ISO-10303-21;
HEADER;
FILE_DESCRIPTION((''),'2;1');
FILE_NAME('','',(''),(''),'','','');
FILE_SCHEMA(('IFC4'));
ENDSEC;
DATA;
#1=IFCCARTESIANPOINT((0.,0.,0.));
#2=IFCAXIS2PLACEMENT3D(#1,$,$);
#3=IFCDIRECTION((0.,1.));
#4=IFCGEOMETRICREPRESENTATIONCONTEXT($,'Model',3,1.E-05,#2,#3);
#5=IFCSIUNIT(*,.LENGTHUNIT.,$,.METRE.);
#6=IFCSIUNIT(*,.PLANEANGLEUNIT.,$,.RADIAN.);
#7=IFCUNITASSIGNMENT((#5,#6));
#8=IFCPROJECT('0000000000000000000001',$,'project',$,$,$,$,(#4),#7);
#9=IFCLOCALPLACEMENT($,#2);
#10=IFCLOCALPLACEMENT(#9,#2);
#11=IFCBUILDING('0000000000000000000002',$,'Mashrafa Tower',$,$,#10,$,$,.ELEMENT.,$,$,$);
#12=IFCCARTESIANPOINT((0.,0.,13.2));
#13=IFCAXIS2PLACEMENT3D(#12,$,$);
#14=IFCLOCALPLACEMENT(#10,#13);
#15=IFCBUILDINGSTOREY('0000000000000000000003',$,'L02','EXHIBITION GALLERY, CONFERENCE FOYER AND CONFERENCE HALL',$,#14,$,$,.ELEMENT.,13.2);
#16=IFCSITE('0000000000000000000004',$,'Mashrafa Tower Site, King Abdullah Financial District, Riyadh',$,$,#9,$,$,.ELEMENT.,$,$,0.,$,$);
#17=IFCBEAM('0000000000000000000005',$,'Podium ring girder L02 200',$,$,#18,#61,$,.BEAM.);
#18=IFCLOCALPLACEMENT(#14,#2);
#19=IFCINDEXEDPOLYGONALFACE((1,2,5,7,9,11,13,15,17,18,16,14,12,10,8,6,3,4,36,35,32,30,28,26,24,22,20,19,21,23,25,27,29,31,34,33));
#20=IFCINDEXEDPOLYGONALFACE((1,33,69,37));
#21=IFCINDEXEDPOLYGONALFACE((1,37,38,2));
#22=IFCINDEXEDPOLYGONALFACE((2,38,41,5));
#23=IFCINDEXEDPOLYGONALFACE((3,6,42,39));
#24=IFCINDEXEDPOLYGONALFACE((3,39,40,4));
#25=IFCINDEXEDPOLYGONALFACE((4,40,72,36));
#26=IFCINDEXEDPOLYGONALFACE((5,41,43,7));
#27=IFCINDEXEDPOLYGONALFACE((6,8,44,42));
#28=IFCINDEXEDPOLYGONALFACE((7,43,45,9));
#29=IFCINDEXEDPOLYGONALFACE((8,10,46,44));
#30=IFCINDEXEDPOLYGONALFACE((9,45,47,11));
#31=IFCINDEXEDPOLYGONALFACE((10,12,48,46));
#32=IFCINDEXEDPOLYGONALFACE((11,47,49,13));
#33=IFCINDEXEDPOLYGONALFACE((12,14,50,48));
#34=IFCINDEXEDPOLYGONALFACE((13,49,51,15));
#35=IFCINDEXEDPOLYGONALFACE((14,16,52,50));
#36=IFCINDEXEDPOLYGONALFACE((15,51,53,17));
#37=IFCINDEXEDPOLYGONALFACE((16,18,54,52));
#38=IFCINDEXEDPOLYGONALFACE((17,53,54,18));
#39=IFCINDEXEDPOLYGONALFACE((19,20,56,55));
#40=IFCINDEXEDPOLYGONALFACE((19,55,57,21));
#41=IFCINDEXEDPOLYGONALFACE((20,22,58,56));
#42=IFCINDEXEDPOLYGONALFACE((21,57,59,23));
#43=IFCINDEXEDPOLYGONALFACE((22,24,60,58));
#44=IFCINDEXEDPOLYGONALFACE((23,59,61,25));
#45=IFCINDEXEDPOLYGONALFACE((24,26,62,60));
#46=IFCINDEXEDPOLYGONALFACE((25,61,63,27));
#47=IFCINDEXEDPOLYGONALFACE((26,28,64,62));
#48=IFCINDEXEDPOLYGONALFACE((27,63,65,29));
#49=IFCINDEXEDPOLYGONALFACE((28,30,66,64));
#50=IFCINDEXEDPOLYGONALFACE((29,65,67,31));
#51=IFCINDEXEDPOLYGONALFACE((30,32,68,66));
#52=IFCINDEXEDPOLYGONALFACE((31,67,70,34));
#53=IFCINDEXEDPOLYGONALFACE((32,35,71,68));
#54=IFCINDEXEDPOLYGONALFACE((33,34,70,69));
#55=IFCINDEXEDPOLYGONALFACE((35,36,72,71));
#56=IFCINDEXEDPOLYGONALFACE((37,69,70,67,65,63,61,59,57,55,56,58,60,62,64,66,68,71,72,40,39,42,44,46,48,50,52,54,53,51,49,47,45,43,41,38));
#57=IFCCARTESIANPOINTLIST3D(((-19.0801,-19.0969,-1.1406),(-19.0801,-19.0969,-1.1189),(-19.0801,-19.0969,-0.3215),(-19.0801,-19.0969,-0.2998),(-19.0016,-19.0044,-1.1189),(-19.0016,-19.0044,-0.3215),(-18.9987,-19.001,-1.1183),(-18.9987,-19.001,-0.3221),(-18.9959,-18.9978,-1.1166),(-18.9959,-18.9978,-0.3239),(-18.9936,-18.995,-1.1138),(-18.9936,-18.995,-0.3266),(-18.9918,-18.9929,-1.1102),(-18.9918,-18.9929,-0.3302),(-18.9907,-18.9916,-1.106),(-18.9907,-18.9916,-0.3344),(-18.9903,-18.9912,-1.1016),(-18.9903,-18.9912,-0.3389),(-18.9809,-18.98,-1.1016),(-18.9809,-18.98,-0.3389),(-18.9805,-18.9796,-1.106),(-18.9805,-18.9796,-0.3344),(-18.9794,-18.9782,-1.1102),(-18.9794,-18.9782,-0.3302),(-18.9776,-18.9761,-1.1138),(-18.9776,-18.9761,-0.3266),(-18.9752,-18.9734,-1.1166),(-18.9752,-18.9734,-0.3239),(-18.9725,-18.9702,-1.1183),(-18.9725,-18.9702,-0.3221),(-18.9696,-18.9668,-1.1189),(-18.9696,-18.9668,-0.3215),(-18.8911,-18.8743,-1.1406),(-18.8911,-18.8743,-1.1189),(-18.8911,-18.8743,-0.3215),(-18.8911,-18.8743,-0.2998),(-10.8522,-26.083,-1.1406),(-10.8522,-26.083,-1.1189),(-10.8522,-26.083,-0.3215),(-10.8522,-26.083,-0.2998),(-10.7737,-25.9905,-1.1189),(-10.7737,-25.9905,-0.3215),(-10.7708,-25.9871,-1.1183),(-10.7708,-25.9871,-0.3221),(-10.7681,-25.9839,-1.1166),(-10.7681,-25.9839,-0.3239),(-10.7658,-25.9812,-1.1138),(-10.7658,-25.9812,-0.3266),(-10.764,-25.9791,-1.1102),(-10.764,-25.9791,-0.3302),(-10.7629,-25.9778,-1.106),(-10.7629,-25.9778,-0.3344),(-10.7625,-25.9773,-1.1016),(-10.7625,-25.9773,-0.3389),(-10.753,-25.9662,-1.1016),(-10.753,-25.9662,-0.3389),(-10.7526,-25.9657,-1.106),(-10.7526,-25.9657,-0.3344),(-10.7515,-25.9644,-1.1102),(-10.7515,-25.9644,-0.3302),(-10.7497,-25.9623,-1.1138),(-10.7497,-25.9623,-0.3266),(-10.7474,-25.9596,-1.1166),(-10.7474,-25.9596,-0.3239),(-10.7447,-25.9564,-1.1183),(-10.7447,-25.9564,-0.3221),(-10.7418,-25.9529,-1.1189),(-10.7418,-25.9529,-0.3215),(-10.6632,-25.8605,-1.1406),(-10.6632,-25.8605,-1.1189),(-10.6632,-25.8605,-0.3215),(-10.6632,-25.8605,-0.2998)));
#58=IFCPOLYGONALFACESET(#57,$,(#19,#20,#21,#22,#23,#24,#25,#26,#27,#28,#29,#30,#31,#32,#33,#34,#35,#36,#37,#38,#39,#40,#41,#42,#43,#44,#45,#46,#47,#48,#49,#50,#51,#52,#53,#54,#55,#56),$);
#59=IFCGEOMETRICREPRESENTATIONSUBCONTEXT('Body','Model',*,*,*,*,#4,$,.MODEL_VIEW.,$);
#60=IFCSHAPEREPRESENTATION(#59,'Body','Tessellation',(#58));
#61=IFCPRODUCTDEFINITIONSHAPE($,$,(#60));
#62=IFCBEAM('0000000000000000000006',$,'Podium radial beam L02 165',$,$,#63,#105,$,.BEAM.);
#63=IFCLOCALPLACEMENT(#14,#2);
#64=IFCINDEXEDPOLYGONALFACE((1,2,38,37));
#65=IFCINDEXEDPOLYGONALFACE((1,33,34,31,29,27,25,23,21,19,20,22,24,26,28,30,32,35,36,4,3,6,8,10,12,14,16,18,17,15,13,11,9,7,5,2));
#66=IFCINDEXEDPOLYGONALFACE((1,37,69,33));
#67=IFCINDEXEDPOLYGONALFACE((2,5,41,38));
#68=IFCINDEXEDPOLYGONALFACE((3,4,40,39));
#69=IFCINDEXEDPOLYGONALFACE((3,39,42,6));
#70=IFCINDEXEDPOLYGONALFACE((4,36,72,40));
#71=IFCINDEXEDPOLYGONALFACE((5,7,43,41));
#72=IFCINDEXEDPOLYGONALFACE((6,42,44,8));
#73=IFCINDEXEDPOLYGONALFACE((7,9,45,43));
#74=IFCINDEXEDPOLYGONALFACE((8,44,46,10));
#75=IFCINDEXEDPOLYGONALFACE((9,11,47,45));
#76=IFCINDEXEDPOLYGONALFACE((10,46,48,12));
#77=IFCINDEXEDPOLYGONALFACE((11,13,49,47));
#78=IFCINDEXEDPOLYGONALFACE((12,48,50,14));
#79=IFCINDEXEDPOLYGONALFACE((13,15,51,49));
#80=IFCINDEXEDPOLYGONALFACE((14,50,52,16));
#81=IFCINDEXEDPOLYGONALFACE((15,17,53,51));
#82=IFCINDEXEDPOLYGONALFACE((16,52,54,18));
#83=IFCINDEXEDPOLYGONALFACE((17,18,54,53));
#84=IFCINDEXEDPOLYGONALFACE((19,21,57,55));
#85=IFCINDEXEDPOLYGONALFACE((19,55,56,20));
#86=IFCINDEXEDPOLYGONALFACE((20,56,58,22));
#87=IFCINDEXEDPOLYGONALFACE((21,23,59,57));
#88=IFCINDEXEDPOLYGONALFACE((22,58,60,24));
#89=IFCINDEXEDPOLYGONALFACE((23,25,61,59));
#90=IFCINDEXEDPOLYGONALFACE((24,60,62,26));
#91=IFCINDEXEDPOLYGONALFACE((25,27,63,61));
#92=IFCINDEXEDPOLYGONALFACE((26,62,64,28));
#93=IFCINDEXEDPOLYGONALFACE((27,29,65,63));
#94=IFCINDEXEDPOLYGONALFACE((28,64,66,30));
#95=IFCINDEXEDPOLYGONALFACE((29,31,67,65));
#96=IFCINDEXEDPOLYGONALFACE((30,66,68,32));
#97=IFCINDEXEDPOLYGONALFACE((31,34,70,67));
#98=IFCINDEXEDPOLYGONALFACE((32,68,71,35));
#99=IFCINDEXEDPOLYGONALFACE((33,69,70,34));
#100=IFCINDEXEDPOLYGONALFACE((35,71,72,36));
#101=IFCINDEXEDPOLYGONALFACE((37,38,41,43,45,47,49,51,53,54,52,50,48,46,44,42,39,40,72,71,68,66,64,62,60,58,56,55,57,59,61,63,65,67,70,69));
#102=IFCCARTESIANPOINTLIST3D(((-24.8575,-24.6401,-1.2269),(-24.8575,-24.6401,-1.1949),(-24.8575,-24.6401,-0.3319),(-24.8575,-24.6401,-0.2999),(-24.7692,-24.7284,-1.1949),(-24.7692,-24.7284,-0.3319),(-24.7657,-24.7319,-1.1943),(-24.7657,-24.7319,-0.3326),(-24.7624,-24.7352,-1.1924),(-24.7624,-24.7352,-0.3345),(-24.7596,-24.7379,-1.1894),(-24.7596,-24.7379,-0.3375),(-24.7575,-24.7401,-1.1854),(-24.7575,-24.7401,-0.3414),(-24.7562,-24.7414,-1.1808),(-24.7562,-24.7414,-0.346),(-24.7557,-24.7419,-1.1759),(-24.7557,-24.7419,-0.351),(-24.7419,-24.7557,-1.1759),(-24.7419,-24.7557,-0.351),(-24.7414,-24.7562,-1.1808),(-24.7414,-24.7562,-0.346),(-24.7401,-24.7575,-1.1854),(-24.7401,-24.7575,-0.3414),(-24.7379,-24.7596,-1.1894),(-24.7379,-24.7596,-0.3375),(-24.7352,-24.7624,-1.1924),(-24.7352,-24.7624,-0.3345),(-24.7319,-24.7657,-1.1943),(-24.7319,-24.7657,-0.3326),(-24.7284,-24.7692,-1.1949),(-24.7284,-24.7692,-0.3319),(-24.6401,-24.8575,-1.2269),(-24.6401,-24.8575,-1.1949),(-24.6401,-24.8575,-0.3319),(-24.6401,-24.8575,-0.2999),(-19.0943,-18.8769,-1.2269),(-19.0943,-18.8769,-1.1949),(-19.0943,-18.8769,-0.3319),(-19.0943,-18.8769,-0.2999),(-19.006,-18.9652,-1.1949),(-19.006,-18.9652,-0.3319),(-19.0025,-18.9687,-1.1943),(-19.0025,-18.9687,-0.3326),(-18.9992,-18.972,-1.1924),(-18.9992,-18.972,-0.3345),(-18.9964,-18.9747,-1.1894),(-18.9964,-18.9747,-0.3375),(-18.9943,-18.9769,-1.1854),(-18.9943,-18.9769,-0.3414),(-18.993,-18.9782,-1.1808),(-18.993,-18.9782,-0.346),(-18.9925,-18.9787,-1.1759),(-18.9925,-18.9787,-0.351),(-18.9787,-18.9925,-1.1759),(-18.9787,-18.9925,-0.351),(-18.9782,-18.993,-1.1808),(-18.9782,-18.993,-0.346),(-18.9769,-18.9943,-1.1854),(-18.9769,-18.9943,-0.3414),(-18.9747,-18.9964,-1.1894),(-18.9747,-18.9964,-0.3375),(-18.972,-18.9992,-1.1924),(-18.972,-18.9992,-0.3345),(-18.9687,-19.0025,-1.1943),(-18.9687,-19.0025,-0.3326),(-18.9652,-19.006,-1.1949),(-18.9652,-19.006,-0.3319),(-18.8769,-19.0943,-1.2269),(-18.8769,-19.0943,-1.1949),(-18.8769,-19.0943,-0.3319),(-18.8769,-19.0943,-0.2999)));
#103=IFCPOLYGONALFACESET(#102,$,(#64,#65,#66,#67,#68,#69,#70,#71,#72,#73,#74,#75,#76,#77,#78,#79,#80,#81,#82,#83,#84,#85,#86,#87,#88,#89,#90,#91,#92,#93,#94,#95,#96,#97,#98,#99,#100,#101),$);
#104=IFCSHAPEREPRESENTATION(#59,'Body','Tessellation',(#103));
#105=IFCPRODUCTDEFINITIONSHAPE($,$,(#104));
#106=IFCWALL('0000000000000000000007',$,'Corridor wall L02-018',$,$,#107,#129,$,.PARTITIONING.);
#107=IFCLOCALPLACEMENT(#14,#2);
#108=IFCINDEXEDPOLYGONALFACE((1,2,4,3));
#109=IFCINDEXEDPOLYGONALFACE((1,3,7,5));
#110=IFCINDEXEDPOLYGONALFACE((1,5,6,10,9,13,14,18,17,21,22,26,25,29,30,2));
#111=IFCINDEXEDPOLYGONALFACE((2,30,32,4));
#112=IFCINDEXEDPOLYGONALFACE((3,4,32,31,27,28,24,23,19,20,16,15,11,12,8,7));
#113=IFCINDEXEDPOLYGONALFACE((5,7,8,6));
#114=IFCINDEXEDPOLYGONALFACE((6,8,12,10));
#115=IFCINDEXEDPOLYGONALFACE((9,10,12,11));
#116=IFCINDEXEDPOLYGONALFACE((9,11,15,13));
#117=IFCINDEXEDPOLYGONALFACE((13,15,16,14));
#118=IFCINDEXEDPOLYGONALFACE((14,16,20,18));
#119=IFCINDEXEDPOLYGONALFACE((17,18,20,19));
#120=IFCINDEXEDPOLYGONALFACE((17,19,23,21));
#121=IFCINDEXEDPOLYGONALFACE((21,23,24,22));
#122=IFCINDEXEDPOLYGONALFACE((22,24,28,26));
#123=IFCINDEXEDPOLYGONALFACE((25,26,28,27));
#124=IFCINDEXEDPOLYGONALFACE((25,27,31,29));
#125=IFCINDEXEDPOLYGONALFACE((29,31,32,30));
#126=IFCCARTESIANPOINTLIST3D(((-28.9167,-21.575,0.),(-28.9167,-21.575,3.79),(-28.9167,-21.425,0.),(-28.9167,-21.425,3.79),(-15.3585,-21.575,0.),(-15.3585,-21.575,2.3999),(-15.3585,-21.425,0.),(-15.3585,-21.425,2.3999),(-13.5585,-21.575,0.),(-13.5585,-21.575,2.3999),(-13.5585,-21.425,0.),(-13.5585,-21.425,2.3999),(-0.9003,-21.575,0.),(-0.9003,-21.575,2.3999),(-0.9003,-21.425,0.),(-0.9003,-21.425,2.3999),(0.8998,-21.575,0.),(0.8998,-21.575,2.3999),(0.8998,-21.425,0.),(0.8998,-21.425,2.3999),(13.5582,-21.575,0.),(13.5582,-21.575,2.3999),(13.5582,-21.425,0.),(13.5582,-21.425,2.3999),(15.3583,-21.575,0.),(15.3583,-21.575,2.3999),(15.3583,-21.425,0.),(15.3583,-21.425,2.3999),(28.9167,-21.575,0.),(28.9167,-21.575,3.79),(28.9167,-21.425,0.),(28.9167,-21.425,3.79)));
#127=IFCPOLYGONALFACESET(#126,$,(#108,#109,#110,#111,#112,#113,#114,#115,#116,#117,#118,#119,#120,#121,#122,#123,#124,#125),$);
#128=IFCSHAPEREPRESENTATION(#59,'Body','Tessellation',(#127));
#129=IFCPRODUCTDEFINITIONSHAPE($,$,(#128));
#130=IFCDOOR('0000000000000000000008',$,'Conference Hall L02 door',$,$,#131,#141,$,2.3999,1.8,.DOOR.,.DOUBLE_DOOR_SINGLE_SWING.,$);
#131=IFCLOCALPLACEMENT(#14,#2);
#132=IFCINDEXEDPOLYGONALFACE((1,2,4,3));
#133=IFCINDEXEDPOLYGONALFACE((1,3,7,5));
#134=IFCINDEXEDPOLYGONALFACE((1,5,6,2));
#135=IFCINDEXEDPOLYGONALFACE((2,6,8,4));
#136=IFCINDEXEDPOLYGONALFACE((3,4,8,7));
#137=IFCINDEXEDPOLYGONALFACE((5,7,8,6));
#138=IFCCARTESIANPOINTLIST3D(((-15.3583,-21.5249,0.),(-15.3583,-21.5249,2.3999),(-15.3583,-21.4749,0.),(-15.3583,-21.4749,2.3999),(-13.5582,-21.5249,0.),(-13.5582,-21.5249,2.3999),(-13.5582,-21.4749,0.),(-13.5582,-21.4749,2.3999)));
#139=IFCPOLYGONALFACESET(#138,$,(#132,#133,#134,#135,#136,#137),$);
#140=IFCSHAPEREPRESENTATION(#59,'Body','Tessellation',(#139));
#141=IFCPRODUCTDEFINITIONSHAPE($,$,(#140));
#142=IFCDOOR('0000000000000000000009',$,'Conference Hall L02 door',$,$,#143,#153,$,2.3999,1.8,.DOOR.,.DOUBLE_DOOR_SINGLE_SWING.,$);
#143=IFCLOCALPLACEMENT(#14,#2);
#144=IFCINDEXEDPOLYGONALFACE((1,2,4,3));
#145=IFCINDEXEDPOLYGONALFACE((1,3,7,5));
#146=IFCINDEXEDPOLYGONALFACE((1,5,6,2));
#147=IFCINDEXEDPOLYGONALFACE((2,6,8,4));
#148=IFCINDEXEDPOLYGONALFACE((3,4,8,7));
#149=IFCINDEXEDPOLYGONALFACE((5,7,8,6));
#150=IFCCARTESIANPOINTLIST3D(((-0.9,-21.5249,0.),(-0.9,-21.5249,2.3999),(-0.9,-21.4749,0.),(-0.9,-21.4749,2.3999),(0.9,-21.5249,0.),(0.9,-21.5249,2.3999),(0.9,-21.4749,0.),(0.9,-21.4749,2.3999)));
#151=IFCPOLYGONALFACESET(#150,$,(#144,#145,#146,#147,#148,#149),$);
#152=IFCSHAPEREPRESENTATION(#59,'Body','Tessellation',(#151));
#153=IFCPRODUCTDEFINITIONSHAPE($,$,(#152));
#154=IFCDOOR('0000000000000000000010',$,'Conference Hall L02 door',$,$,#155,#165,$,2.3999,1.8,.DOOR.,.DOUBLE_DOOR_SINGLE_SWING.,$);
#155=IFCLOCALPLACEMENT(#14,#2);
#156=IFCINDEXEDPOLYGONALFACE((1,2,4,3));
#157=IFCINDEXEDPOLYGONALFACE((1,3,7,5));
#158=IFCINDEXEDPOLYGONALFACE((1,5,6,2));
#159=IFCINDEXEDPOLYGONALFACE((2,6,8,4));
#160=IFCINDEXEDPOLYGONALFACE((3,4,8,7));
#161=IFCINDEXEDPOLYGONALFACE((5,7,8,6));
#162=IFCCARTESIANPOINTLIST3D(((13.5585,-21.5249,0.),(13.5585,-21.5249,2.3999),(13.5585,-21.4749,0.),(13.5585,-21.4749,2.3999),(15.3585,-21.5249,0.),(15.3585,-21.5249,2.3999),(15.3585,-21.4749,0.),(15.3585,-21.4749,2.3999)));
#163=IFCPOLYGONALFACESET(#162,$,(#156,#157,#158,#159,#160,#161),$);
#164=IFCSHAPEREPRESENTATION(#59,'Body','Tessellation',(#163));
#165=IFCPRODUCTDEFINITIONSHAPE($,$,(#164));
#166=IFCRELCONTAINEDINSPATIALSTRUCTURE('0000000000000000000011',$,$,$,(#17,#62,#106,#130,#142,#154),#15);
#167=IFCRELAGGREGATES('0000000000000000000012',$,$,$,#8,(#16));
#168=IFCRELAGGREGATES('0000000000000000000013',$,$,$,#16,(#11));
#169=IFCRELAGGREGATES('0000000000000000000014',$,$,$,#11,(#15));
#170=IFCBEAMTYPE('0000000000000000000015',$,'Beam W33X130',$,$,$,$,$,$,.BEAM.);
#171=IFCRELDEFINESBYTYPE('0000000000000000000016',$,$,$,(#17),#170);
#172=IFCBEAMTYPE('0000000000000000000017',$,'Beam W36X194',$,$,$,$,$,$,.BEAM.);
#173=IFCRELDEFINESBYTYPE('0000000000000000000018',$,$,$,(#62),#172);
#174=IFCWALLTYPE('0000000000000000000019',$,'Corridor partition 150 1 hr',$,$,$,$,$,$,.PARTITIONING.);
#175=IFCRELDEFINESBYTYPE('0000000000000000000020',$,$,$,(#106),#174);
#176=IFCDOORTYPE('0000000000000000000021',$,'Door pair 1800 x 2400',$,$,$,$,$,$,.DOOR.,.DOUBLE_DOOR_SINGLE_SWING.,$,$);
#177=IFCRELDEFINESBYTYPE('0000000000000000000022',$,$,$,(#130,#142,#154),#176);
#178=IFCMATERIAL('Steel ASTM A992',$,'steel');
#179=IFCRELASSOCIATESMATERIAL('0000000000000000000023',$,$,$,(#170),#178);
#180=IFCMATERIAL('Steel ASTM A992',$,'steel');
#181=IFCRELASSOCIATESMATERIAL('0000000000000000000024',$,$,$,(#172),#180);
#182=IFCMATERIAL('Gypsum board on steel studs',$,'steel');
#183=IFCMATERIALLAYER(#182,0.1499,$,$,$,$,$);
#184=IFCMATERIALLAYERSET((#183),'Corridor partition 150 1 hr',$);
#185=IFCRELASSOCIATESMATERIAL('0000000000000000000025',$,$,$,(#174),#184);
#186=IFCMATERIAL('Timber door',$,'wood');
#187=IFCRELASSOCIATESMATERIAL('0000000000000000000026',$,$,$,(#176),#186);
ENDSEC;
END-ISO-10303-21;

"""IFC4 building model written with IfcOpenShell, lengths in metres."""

from ifc_helpers import new_model, si_unit, direction, frame, frame_2d, origin, origin_2d, place, context, subcontext, project, spatial, rectangle, i_section, extrude, material, layer, layer_set, material_profile, profile_set, type_object, element, fill, save


model = new_model("IFC4")

# Units and contexts
model_context = context("Model", 3, precision=1e-05, world=origin(), true_north=direction((0.0, 1.0)))
body_context = subcontext(model_context, "Body", "Model", "MODEL_VIEW")
ifc_project = project(units=[si_unit("LENGTHUNIT", "METRE"), si_unit("PLANEANGLEUNIT", "RADIAN")], contexts=[model_context])

# Site, building, storey
site_placement = place(None, origin())
site = spatial("IfcSite", under=ifc_project, at=site_placement, Name="Mashrafa Tower Site, King Abdullah Financial District, Riyadh", CompositionType="ELEMENT", RefElevation=0.0)
building_placement = place(site_placement, origin())
building = spatial("IfcBuilding", under=site, at=building_placement, Name="Mashrafa Tower", CompositionType="ELEMENT")
storey_placement = place(building_placement, frame((0.0, 0.0, 13.2)))
storey = spatial("IfcBuildingStorey", under=building, at=storey_placement, Name="L02", Description="EXHIBITION GALLERY, CONFERENCE FOYER AND CONFERENCE HALL", CompositionType="ELEMENT", Elevation=13.2)

# Beams
ifc_material_1 = material(Name="Steel ASTM A992", Category="steel")
ifc_material_profile_1 = material_profile(ifc_material_1, i_section(OverallWidth=0.292, OverallDepth=0.8408, WebThickness=0.0146, FlangeThickness=0.0217, FilletRadius=0.0173, at=origin_2d()), Name="W33X130")
ifc_profile_set_1 = profile_set([ifc_material_profile_1], Name="Steel ASTM A992")
beam_type_1 = type_object("IfcBeamType", Name="Beam W33X130", PredefinedType="BEAM", material=ifc_profile_set_1)
beam_1_placement = place(storey_placement, frame((-18.9856, -18.9856, -0.7202), z_axis=(0.762284, -0.647243, 0.0), x_axis=(0.647243, 0.762284, 0.0)))
element("IfcBeam", 1, at=beam_1_placement, inside=storey, type_object=beam_type_1, Name="Podium ring girder L02 200", PredefinedType="BEAM", context=body_context, shape_type="SweptSolid", body=[
    extrude(i_section(OverallWidth=0.292, OverallDepth=0.8408, WebThickness=0.0146, FlangeThickness=0.0217, FilletRadius=0.0173, at=origin_2d()), origin(), (0.0, 0.0, 1.0), 10.7937),
])
ifc_material_2 = material(Name="Steel ASTM A992", Category="steel")
ifc_material_profile_2 = material_profile(ifc_material_2, i_section(OverallWidth=0.3074, OverallDepth=0.927, WebThickness=0.0195, FlangeThickness=0.032, FilletRadius=0.019, at=origin_2d()), Name="W36X194")
ifc_profile_set_2 = profile_set([ifc_material_profile_2], Name="Steel ASTM A992")
beam_type_2 = type_object("IfcBeamType", Name="Beam W36X194", PredefinedType="BEAM", material=ifc_profile_set_2)
beam_2_placement = place(storey_placement, frame((-18.9856, -18.9856, -0.7634), z_axis=(-0.707107, -0.707107, 0.0), x_axis=(0.707107, -0.707107, 0.0)))
element("IfcBeam", 2, at=beam_2_placement, inside=storey, type_object=beam_type_2, Name="Podium radial beam L02 165", PredefinedType="BEAM", context=body_context, shape_type="SweptSolid", body=[
    extrude(i_section(OverallWidth=0.3074, OverallDepth=0.927, WebThickness=0.0195, FlangeThickness=0.032, FilletRadius=0.019, at=origin_2d()), origin(), (0.0, 0.0, 1.0), 8.1504),
])

# Wall, openings, doors
ifc_material_3 = material(Name="Gypsum board on steel studs", Category="steel")
ifc_layer = layer(ifc_material_3, 0.1499)
ifc_layer_set = layer_set([ifc_layer], Name="Corridor partition 150 1 hr")
wall_type = type_object("IfcWallType", Name="Corridor partition 150 1 hr", PredefinedType="PARTITIONING", material=ifc_layer_set)
wall_placement = place(storey_placement, frame((-28.9167, -21.5, 0.0), z_axis=(0.0, 0.0, 1.0), x_axis=(1.0, 0.0, 0.0)))
wall = element("IfcWall", 3, at=wall_placement, inside=storey, type_object=wall_type, Name="Corridor wall L02-018", PredefinedType="PARTITIONING", context=body_context, shape_type="SweptSolid", body=[
    extrude(rectangle(XDim=57.8335, YDim=0.1499, at=frame_2d((28.9167, 0.0))), origin(), (0.0, 0.0, 1.0), 3.79),
])
opening_1_placement = place(wall_placement, frame((13.5583, 0.0, 0.0)))
opening_1 = element("IfcOpeningElement", 4, at=opening_1_placement, cuts=wall, PredefinedType="OPENING", context=body_context, shape_type="SweptSolid", body=[
    extrude(rectangle(XDim=1.8, YDim=2.3999, at=frame_2d((0.8999, 1.2))), frame((0.0, 0.085, 0.0), z_axis=(0.0, -1.0, 0.0), x_axis=(1.0, 0.0, 0.0)), (0.0, 0.0, 1.0), 0.1699),
])
opening_2_placement = place(wall_placement, frame((28.0166, 0.0, 0.0)))
opening_2 = element("IfcOpeningElement", 5, at=opening_2_placement, cuts=wall, PredefinedType="OPENING", context=body_context, shape_type="SweptSolid", body=[
    extrude(rectangle(XDim=1.8, YDim=2.3999, at=frame_2d((0.8999, 1.2))), frame((0.0, 0.085, 0.0), z_axis=(0.0, -1.0, 0.0), x_axis=(1.0, 0.0, 0.0)), (0.0, 0.0, 1.0), 0.1699),
])
opening_3_placement = place(wall_placement, frame((42.4751, 0.0, 0.0)))
opening_3 = element("IfcOpeningElement", 6, at=opening_3_placement, cuts=wall, PredefinedType="OPENING", context=body_context, shape_type="SweptSolid", body=[
    extrude(rectangle(XDim=1.8, YDim=2.3999, at=frame_2d((0.8999, 1.2))), frame((0.0, 0.085, 0.0), z_axis=(0.0, -1.0, 0.0), x_axis=(1.0, 0.0, 0.0)), (0.0, 0.0, 1.0), 0.1699),
])
ifc_material_4 = material(Name="Timber door", Category="wood")
door_type = type_object("IfcDoorType", Name="Door pair 1800 x 2400", OperationType="DOUBLE_DOOR_SINGLE_SWING", PredefinedType="DOOR", material=ifc_material_4)
door_1_placement = place(opening_1_placement, frame((1.8, 0.0, 0.0), z_axis=(0.0, 0.0, 1.0), x_axis=(-1.0, 0.0, 0.0)))
door_1 = element("IfcDoor", 7, at=door_1_placement, inside=storey, type_object=door_type, Name="Conference Hall L02 door", OperationType="DOUBLE_DOOR_SINGLE_SWING", OverallHeight=2.3999, OverallWidth=1.8, PredefinedType="DOOR", context=body_context, shape_type="SweptSolid", body=[
    extrude(rectangle(XDim=1.8, YDim=2.3999, at=frame_2d((0.8999, 1.2))), frame((0.0, 0.0249, 0.0), z_axis=(0.0, -1.0, 0.0), x_axis=(1.0, 0.0, 0.0)), (0.0, 0.0, 1.0), 0.05),
])
fill(opening_1, door_1)
door_2_placement = place(opening_2_placement, frame((1.8, 0.0, 0.0), z_axis=(0.0, 0.0, 1.0), x_axis=(-1.0, 0.0, 0.0)))
door_2 = element("IfcDoor", 8, at=door_2_placement, inside=storey, type_object=door_type, Name="Conference Hall L02 door", OperationType="DOUBLE_DOOR_SINGLE_SWING", OverallHeight=2.3999, OverallWidth=1.8, PredefinedType="DOOR", context=body_context, shape_type="SweptSolid", body=[
    extrude(rectangle(XDim=1.8, YDim=2.3999, at=frame_2d((0.8999, 1.2))), frame((0.0, 0.0249, 0.0), z_axis=(0.0, -1.0, 0.0), x_axis=(1.0, 0.0, 0.0)), (0.0, 0.0, 1.0), 0.05),
])
fill(opening_2, door_2)
door_3_placement = place(opening_3_placement, frame((1.8, 0.0, 0.0), z_axis=(0.0, 0.0, 1.0), x_axis=(-1.0, 0.0, 0.0)))
door_3 = element("IfcDoor", 9, at=door_3_placement, inside=storey, type_object=door_type, Name="Conference Hall L02 door", OperationType="DOUBLE_DOOR_SINGLE_SWING", OverallHeight=2.3999, OverallWidth=1.8, PredefinedType="DOOR", context=body_context, shape_type="SweptSolid", body=[
    extrude(rectangle(XDim=1.8, YDim=2.3999, at=frame_2d((0.8999, 1.2))), frame((0.0, 0.0249, 0.0), z_axis=(0.0, -1.0, 0.0), x_axis=(1.0, 0.0, 0.0)), (0.0, 0.0, 1.0), 0.05),
])
fill(opening_3, door_3)

save(model, "model.ifc")
